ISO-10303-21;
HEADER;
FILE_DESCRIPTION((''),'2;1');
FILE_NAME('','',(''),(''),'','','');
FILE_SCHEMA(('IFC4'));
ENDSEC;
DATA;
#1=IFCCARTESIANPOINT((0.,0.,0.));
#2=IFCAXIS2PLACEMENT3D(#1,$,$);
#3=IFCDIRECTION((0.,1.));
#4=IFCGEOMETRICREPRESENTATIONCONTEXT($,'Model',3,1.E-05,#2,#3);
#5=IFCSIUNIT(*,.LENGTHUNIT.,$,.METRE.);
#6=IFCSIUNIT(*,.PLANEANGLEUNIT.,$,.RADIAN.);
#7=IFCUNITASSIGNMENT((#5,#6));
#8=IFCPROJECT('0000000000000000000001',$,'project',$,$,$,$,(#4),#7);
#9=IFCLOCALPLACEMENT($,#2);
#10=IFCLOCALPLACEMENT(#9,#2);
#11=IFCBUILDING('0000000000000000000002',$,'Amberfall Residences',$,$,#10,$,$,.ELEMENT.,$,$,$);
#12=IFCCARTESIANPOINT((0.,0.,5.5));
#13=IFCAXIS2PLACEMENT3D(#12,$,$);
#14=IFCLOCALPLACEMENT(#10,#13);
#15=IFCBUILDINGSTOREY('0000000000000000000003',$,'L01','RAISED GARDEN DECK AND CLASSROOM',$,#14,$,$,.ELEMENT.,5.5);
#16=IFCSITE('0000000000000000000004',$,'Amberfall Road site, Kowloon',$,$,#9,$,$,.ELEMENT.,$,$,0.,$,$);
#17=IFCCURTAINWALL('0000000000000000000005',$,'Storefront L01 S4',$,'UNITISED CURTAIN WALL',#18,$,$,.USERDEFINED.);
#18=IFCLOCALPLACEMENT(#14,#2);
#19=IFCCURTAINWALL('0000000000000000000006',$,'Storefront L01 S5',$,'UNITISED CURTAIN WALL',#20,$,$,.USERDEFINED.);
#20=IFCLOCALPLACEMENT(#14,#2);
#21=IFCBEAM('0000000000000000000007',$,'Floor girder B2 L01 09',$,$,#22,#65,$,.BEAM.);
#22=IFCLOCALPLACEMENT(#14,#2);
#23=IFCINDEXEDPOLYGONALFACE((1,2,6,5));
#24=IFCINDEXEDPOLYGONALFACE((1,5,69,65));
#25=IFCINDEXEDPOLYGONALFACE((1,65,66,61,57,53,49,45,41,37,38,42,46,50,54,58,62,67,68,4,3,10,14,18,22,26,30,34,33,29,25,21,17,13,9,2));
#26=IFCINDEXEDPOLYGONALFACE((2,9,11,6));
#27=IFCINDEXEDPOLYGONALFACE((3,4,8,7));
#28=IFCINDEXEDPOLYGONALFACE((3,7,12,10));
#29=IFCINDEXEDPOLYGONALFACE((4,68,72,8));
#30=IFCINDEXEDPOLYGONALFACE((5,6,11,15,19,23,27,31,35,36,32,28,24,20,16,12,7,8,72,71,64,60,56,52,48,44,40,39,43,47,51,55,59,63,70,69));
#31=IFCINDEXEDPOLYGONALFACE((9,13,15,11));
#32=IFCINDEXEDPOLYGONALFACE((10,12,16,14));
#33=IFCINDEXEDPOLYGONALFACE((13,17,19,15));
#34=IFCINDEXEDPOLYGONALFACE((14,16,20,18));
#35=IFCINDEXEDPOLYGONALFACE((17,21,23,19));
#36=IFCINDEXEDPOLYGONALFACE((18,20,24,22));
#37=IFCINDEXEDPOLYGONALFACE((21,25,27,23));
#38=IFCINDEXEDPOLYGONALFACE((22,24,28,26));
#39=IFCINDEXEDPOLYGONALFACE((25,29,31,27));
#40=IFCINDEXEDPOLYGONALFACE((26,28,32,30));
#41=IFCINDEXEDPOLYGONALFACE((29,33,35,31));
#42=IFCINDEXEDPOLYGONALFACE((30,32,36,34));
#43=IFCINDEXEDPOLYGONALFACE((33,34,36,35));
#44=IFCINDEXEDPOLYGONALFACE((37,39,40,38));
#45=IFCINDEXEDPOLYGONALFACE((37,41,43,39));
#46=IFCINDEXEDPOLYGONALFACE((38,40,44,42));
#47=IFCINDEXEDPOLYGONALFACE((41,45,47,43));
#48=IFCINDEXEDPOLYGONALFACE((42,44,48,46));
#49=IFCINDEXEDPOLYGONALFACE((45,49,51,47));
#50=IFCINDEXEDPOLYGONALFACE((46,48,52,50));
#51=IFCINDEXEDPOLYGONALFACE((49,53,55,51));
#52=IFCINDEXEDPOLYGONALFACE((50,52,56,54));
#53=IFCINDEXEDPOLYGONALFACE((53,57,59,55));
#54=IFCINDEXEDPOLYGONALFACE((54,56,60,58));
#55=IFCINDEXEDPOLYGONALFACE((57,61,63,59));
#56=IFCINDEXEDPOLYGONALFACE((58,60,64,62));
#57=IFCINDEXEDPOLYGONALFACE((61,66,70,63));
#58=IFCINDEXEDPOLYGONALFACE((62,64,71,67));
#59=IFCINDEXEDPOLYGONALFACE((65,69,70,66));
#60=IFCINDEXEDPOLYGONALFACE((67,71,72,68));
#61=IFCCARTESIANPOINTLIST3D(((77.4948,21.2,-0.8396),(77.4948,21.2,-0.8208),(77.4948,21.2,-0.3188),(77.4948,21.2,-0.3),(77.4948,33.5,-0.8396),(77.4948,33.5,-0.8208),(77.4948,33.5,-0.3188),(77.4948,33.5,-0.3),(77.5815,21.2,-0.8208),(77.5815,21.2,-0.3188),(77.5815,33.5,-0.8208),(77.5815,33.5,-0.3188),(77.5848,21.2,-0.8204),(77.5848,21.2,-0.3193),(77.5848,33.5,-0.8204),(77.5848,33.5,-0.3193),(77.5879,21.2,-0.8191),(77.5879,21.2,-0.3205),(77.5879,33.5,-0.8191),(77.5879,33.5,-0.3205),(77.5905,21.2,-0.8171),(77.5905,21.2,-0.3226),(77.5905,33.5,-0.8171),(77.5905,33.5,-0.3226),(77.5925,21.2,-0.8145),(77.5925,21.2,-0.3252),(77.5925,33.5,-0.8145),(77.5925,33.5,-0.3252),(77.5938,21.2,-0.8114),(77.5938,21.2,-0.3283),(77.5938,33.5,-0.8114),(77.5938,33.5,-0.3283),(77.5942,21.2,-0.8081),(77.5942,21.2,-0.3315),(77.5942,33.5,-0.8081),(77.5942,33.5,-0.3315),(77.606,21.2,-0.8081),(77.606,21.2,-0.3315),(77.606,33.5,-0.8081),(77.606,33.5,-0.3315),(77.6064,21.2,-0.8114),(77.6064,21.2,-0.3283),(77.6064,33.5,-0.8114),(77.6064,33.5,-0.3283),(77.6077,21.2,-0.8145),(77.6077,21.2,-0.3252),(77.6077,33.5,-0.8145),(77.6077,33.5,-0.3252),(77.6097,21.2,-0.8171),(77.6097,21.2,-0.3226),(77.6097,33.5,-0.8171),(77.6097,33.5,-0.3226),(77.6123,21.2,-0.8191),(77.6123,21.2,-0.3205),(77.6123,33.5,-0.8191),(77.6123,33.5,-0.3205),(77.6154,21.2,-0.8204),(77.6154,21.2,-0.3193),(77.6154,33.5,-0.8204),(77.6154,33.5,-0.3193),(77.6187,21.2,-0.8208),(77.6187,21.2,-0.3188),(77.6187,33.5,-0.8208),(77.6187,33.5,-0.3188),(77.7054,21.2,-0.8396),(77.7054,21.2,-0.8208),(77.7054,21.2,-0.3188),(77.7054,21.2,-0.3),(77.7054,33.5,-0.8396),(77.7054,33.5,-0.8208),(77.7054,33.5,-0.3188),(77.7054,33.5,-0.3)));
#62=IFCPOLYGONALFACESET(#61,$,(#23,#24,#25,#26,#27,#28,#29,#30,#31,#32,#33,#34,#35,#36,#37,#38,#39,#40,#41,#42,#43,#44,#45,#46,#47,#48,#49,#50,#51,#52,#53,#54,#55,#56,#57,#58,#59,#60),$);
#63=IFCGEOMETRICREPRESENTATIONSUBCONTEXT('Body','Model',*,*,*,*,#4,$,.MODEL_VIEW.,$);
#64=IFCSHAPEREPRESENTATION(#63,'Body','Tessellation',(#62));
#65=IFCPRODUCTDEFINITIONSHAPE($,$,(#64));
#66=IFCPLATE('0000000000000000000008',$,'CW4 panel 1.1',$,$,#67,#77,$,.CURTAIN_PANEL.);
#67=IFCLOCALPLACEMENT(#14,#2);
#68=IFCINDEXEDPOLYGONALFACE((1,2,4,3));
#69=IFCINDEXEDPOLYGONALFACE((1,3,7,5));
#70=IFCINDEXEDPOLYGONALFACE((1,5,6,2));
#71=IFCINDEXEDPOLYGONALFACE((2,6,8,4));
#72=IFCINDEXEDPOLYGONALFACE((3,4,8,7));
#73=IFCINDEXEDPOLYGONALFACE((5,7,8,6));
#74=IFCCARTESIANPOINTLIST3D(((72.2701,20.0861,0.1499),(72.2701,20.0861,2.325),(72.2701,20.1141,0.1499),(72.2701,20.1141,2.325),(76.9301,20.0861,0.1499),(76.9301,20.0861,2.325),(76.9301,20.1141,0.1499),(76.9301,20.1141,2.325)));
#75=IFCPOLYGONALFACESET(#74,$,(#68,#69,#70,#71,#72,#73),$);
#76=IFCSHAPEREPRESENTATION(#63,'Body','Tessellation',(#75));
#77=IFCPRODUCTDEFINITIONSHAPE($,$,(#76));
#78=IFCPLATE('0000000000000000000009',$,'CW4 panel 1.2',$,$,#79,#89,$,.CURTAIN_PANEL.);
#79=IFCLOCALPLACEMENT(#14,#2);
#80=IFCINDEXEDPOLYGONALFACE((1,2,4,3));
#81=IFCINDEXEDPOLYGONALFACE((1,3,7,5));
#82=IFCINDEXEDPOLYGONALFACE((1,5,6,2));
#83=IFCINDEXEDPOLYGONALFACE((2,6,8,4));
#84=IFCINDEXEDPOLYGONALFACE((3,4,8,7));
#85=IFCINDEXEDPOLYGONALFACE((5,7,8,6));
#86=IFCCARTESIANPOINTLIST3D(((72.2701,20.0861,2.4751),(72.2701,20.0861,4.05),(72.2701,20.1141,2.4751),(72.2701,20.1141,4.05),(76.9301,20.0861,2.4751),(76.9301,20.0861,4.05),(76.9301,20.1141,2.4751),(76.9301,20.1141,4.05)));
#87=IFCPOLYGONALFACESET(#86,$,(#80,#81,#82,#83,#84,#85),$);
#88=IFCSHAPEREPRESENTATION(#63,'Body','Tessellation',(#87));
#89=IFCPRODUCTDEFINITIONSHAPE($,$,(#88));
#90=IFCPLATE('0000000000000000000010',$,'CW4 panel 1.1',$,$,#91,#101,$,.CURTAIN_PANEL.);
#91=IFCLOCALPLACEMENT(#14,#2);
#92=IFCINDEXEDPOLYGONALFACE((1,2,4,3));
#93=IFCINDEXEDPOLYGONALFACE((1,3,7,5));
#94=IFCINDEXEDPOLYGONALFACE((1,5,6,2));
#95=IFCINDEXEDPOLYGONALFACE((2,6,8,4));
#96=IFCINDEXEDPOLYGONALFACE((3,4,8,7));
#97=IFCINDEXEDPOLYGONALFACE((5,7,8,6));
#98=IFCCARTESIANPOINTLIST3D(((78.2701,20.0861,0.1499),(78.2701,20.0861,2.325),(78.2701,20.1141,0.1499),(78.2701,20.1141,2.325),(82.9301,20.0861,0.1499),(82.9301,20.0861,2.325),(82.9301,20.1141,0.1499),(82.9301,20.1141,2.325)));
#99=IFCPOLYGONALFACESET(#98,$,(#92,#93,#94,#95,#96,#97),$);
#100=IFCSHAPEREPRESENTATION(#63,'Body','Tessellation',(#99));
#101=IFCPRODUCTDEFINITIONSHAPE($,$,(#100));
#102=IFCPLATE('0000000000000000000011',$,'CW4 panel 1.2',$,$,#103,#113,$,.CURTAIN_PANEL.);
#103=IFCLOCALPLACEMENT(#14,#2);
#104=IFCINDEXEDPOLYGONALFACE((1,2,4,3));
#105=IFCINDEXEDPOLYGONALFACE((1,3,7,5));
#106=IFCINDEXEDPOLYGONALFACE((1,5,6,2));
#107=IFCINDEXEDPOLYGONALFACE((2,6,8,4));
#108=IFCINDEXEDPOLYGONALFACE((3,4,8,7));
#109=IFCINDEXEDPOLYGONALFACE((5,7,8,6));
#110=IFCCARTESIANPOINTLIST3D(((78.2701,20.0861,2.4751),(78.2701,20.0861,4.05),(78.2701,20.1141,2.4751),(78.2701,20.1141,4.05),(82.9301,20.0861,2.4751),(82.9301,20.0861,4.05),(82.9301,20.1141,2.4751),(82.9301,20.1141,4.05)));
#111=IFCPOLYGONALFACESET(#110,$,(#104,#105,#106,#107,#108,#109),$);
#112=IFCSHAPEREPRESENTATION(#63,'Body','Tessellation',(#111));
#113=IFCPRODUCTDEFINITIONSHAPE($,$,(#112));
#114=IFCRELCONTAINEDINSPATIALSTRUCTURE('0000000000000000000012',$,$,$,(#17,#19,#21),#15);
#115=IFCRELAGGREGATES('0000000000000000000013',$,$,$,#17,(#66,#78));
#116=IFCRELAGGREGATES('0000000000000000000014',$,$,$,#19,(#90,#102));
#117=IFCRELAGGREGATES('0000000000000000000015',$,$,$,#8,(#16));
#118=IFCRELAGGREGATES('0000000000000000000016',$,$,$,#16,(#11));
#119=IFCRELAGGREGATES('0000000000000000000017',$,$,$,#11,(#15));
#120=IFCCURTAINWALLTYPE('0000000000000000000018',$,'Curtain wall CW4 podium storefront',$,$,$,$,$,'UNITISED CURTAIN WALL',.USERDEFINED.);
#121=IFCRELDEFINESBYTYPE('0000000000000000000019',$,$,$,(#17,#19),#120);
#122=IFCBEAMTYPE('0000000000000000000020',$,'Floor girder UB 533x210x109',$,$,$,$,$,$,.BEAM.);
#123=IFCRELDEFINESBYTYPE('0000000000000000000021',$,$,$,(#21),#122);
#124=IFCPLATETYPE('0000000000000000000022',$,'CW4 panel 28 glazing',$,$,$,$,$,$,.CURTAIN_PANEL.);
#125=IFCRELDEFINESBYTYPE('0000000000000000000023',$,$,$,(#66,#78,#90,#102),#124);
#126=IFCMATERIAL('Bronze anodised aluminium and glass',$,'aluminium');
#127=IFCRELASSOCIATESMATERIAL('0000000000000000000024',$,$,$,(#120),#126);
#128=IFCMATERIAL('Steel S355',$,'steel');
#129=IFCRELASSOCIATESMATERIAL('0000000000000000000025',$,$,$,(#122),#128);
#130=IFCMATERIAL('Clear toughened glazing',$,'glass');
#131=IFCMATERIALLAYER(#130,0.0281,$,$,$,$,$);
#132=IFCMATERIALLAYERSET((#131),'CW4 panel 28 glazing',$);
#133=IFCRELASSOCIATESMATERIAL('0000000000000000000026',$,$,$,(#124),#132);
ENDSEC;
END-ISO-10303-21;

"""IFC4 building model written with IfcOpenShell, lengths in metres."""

from ifc_helpers import new_model, si_unit, direction, frame, origin, origin_2d, place, context, subcontext, project, spatial, rectangle, i_section, extrude, material, layer, layer_set, material_profile, profile_set, type_object, element, aggregate, save


model = new_model("IFC4")

# Units and contexts
model_context = context("Model", 3, precision=1e-05, world=origin(), true_north=direction((0.0, 1.0)))
body_context = subcontext(model_context, "Body", "Model", "MODEL_VIEW")
ifc_project = project(units=[si_unit("LENGTHUNIT", "METRE"), si_unit("PLANEANGLEUNIT", "RADIAN")], contexts=[model_context])

# Site, building, storey
site_placement = place(None, origin())
site = spatial("IfcSite", under=ifc_project, at=site_placement, Name="Amberfall Road site, Kowloon", CompositionType="ELEMENT", RefElevation=0.0)
building_placement = place(site_placement, origin())
building = spatial("IfcBuilding", under=site, at=building_placement, Name="Amberfall Residences", CompositionType="ELEMENT")
storey_placement = place(building_placement, frame((0.0, 0.0, 5.5)))
storey = spatial("IfcBuildingStorey", under=building, at=storey_placement, Name="L01", Description="RAISED GARDEN DECK AND CLASSROOM", CompositionType="ELEMENT", Elevation=5.5)

# Curtain walls
ifc_material_1 = material(Name="Bronze anodised aluminium and glass", Category="aluminium")
curtain_wall_type = type_object("IfcCurtainWallType", Name="Curtain wall CW4 podium storefront", ElementType="UNITISED CURTAIN WALL", PredefinedType="USERDEFINED", material=ifc_material_1)
curtain_wall_1_placement = place(storey_placement, origin())
curtain_wall_1 = element("IfcCurtainWall", 1, at=curtain_wall_1_placement, inside=storey, type_object=curtain_wall_type, Name="Storefront L01 S4", ObjectType="UNITISED CURTAIN WALL", PredefinedType="USERDEFINED")
curtain_wall_2_placement = place(storey_placement, origin())
curtain_wall_2 = element("IfcCurtainWall", 2, at=curtain_wall_2_placement, inside=storey, type_object=curtain_wall_type, Name="Storefront L01 S5", ObjectType="UNITISED CURTAIN WALL", PredefinedType="USERDEFINED")

# Beam
ifc_material_2 = material(Name="Steel S355", Category="steel")
ifc_material_profile_1 = material_profile(ifc_material_2, i_section(OverallWidth=0.2107, OverallDepth=0.5396, WebThickness=0.0117, FlangeThickness=0.0188, FilletRadius=0.0127, at=origin_2d()), Name="UB 533x210x109")
ifc_profile_set_1 = profile_set([ifc_material_profile_1], Name="Steel S355")
beam_type_1 = type_object("IfcBeamType", Name="Floor girder UB 533x210x109", PredefinedType="BEAM", material=ifc_profile_set_1)
for number, where, z_axis, x_axis, name in (
    (3, (77.6001, 21.2, -0.5698), (0.0, 1.0, 0.0), (-1.0, 0.0, 0.0), "Floor girder B2 L01 09"),
):
    element("IfcBeam", number, at=place(storey_placement, frame(where, z_axis=z_axis, x_axis=x_axis)), inside=storey, type_object=beam_type_1, Name=name, PredefinedType="BEAM", context=body_context, shape_type="SweptSolid", body=[
        extrude(i_section(OverallWidth=0.2107, OverallDepth=0.5396, WebThickness=0.0117, FlangeThickness=0.0188, FilletRadius=0.0127, at=origin_2d()), origin(), (0.0, 0.0, 1.0), 12.3),
    ])

# Plates
ifc_material_3 = material(Name="Clear toughened glazing", Category="glass")
ifc_layer = layer(ifc_material_3, 0.0281)
ifc_layer_set = layer_set([ifc_layer], Name="CW4 panel 28 glazing")
plate_type = type_object("IfcPlateType", Name="CW4 panel 28 glazing", PredefinedType="CURTAIN_PANEL", material=ifc_layer_set)
plate_1_placement = place(storey_placement, frame((74.6001, 20.1001, 0.1499), z_axis=(0.0, 0.0, 1.0), x_axis=(1.0, 0.0, 0.0)))
plate_1 = element("IfcPlate", 4, at=plate_1_placement, type_object=plate_type, Name="CW4 panel 1.1", PredefinedType="CURTAIN_PANEL", context=body_context, shape_type="SweptSolid", body=[
    extrude(rectangle(XDim=4.6599, YDim=0.0281, at=origin_2d()), origin(), (0.0, 0.0, 1.0), 2.175),
])
plate_2_placement = place(storey_placement, frame((74.6001, 20.1001, 2.4751), z_axis=(0.0, 0.0, 1.0), x_axis=(1.0, 0.0, 0.0)))
plate_2 = element("IfcPlate", 5, at=plate_2_placement, type_object=plate_type, Name="CW4 panel 1.2", PredefinedType="CURTAIN_PANEL", context=body_context, shape_type="SweptSolid", body=[
    extrude(rectangle(XDim=4.6599, YDim=0.0281, at=origin_2d()), origin(), (0.0, 0.0, 1.0), 1.575),
])
aggregate(curtain_wall_1, [plate_1, plate_2])
plate_3_placement = place(storey_placement, frame((80.6001, 20.1001, 0.1499), z_axis=(0.0, 0.0, 1.0), x_axis=(1.0, 0.0, 0.0)))
plate_3 = element("IfcPlate", 6, at=plate_3_placement, type_object=plate_type, Name="CW4 panel 1.1", PredefinedType="CURTAIN_PANEL", context=body_context, shape_type="SweptSolid", body=[
    extrude(rectangle(XDim=4.6599, YDim=0.0281, at=origin_2d()), origin(), (0.0, 0.0, 1.0), 2.175),
])
plate_4_placement = place(storey_placement, frame((80.6001, 20.1001, 2.4751), z_axis=(0.0, 0.0, 1.0), x_axis=(1.0, 0.0, 0.0)))
plate_4 = element("IfcPlate", 7, at=plate_4_placement, type_object=plate_type, Name="CW4 panel 1.2", PredefinedType="CURTAIN_PANEL", context=body_context, shape_type="SweptSolid", body=[
    extrude(rectangle(XDim=4.6599, YDim=0.0281, at=origin_2d()), origin(), (0.0, 0.0, 1.0), 1.575),
])
aggregate(curtain_wall_2, [plate_3, plate_4])

save(model, "model.ifc")
